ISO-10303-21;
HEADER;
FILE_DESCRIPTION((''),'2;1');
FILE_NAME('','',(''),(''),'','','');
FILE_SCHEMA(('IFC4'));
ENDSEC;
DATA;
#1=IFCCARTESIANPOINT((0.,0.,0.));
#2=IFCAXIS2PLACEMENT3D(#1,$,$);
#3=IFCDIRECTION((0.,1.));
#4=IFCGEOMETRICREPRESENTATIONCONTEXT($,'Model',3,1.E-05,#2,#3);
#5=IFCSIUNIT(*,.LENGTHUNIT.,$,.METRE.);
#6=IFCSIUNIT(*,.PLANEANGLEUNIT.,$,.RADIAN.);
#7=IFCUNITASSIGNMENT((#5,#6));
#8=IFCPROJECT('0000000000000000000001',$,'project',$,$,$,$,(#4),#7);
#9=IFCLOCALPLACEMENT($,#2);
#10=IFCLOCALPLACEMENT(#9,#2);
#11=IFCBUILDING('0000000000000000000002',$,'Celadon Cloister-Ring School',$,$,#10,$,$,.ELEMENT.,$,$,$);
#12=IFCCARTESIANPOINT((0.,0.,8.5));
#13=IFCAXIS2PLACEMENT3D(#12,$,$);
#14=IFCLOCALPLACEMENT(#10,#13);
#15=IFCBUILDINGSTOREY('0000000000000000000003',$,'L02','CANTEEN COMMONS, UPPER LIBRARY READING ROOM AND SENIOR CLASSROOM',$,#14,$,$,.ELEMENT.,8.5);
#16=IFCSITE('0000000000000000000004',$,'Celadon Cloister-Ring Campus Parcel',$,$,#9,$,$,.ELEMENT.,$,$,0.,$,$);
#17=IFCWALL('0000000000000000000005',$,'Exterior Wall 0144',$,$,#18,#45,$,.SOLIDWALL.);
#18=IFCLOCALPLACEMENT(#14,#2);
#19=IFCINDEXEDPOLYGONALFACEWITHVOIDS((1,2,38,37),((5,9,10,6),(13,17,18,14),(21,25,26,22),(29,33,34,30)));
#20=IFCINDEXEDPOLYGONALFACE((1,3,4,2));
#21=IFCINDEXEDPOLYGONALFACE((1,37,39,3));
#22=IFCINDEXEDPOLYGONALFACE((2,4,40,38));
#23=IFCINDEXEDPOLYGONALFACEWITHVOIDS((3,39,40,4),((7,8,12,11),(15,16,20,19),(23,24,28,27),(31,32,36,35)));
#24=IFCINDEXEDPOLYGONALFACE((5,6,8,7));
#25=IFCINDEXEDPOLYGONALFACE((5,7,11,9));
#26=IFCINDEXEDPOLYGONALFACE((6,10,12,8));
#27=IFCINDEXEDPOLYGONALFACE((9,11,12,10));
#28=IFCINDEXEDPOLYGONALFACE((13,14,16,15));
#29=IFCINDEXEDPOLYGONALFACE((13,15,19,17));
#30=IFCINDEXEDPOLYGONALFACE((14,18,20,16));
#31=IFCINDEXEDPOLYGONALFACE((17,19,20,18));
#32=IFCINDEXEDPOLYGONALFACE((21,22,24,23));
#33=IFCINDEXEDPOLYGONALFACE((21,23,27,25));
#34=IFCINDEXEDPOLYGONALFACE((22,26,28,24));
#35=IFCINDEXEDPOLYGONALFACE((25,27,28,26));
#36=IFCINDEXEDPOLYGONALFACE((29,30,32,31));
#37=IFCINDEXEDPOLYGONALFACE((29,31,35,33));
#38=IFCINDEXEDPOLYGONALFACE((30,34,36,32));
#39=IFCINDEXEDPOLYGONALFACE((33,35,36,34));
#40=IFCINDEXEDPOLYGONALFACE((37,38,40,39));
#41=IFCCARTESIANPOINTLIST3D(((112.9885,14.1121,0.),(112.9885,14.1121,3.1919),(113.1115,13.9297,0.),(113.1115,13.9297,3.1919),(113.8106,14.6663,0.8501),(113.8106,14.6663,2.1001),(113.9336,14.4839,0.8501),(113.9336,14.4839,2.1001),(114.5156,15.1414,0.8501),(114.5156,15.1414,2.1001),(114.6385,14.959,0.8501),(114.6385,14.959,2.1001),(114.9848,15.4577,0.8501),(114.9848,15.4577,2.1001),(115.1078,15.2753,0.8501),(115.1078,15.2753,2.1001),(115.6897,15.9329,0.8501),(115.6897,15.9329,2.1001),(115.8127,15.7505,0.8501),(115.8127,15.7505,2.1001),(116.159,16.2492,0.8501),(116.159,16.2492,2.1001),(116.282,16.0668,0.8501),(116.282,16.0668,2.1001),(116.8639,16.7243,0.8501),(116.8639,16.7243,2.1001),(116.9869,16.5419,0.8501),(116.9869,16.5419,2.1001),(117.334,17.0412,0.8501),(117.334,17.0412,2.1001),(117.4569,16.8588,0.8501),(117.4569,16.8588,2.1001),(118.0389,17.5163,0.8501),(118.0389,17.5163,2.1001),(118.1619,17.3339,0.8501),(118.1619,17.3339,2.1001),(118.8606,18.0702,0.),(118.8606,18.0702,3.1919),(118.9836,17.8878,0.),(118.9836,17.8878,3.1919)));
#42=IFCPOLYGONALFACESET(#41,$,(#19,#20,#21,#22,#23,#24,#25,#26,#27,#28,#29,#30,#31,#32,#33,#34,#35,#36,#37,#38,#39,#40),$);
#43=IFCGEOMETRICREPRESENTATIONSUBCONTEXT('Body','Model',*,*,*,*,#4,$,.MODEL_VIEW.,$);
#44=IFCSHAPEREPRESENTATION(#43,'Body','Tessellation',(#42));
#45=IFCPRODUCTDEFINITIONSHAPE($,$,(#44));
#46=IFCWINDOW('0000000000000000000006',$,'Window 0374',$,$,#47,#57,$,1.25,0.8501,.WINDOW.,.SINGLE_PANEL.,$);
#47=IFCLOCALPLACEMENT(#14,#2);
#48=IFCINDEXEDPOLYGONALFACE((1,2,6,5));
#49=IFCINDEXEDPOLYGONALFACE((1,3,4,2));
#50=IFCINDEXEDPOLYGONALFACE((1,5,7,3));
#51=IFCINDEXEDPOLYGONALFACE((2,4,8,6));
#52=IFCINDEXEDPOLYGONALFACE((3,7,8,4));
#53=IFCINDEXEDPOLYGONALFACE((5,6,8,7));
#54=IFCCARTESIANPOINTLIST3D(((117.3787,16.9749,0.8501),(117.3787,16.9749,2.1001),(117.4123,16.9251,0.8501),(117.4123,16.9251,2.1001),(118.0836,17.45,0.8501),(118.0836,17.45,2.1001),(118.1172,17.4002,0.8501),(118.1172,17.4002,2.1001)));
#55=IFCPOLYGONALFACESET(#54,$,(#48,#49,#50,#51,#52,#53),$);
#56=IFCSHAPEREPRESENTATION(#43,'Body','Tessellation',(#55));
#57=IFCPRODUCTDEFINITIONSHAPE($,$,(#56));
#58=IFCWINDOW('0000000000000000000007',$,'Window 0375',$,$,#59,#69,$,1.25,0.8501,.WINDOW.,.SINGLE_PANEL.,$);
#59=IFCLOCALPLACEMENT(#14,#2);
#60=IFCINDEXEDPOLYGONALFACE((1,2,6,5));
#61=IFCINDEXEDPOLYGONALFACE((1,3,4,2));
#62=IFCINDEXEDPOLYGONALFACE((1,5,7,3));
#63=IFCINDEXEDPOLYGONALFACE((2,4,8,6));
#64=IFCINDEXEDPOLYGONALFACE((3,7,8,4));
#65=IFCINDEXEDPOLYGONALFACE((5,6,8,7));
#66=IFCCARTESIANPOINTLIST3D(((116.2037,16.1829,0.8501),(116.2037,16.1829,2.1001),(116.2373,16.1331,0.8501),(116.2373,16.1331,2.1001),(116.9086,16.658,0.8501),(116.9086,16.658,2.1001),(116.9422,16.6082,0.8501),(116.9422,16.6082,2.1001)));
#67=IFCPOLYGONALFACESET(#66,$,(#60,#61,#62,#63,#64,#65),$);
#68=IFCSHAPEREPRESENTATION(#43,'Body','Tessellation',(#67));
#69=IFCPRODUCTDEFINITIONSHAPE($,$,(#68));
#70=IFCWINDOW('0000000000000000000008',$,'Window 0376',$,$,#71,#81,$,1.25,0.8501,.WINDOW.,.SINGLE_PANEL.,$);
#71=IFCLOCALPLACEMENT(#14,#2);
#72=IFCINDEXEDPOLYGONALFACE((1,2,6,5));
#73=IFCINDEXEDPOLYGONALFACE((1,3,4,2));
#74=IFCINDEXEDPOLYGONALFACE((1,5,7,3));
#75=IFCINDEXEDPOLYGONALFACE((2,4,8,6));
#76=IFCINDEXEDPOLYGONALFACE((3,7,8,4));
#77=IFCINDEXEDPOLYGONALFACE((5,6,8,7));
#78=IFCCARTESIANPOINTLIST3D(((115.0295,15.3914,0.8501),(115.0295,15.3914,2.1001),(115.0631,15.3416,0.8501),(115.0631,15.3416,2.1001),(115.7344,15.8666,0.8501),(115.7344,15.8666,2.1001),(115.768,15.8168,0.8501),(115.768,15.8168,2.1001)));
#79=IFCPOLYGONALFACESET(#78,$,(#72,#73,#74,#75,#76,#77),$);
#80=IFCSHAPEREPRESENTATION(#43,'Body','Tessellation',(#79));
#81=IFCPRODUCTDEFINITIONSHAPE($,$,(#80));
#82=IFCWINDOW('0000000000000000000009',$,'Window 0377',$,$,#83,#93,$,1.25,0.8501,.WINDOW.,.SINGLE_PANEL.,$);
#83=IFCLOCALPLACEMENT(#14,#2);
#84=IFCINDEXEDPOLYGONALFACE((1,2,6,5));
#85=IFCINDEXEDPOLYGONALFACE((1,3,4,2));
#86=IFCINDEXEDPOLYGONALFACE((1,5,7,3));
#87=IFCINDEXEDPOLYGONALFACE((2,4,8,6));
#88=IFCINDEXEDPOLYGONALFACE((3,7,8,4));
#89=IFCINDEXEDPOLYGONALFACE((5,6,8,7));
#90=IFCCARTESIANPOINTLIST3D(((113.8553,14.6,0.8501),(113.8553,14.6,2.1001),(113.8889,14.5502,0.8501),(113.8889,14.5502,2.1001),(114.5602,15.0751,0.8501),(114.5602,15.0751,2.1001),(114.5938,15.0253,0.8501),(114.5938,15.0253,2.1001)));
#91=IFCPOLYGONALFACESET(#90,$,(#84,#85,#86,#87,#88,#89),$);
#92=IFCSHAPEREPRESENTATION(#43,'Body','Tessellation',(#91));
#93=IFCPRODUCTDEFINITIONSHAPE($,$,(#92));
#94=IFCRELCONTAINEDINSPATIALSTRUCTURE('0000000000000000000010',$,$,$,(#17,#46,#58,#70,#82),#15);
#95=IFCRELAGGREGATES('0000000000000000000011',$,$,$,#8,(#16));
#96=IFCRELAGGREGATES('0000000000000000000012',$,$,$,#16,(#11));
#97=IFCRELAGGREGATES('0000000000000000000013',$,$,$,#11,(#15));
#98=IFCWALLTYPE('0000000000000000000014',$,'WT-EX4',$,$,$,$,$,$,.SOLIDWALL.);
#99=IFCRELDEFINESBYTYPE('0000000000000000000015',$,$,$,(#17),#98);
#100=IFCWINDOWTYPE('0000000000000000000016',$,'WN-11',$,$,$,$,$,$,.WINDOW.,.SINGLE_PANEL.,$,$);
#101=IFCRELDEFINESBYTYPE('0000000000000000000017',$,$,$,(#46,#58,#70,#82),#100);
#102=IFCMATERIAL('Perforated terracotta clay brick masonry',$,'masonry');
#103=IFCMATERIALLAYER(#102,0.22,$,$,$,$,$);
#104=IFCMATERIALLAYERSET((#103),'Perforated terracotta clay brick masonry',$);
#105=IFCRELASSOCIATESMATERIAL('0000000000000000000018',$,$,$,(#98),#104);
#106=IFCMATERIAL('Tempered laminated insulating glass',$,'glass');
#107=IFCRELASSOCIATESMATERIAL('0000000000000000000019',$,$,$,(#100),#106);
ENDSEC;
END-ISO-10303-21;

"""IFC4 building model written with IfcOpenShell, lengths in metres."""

from ifc_helpers import new_model, si_unit, direction, frame, frame_2d, origin, place, context, subcontext, project, spatial, rectangle, extrude, material, layer, layer_set, type_object, element, fill, save


model = new_model("IFC4")

# Units and contexts
model_context = context("Model", 3, precision=1e-05, world=origin(), true_north=direction((0.0, 1.0)))
body_context = subcontext(model_context, "Body", "Model", "MODEL_VIEW")
ifc_project = project(units=[si_unit("LENGTHUNIT", "METRE"), si_unit("PLANEANGLEUNIT", "RADIAN")], contexts=[model_context])

# Site, building, storey
site_placement = place(None, origin())
site = spatial("IfcSite", under=ifc_project, at=site_placement, Name="Celadon Cloister-Ring Campus Parcel", CompositionType="ELEMENT", RefElevation=0.0)
building_placement = place(site_placement, origin())
building = spatial("IfcBuilding", under=site, at=building_placement, Name="Celadon Cloister-Ring School", CompositionType="ELEMENT")
storey_placement = place(building_placement, frame((0.0, 0.0, 8.5)))
storey = spatial("IfcBuildingStorey", under=building, at=storey_placement, Name="L02", Description="CANTEEN COMMONS, UPPER LIBRARY READING ROOM AND SENIOR CLASSROOM", CompositionType="ELEMENT", Elevation=8.5)

# Wall, openings, windows
ifc_material_1 = material(Name="Perforated terracotta clay brick masonry", Category="masonry")
ifc_layer_1 = layer(ifc_material_1, 0.22)
ifc_layer_set_1 = layer_set([ifc_layer_1], Name="Perforated terracotta clay brick masonry")
wall_type_1 = type_object("IfcWallType", Name="WT-EX4", PredefinedType="SOLIDWALL", material=ifc_layer_set_1)
wall_1_placement = place(storey_placement, frame((118.9221, 17.979, 0.0), z_axis=(0.0, 0.0, 1.0), x_axis=(-0.829218, -0.558926, 0.0)))
wall_1 = element("IfcWall", 1, at=wall_1_placement, inside=storey, type_object=wall_type_1, Name="Exterior Wall 0144", PredefinedType="SOLIDWALL", context=body_context, shape_type="SweptSolid", body=[
    extrude(rectangle(XDim=7.0815, YDim=0.22, at=frame_2d((3.5408, 0.0))), origin(), (0.0, 0.0, 1.0), 3.1919),
])
opening_1_placement = place(wall_1_placement, frame((0.991, 0.0, 0.8501)))
opening_1 = element("IfcOpeningElement", 2, at=opening_1_placement, cuts=wall_1, PredefinedType="OPENING", context=body_context, shape_type="SweptSolid", body=[
    extrude(rectangle(XDim=0.8501, YDim=1.25, at=frame_2d((0.425, 0.625))), frame((0.0, 0.1201, 0.0), z_axis=(0.0, -1.0, 0.0), x_axis=(1.0, 0.0, 0.0)), (0.0, 0.0, 1.0), 0.24),
])
opening_2_placement = place(wall_1_placement, frame((2.408, 0.0, 0.8501)))
opening_2 = element("IfcOpeningElement", 3, at=opening_2_placement, cuts=wall_1, PredefinedType="OPENING", context=body_context, shape_type="SweptSolid", body=[
    extrude(rectangle(XDim=0.8501, YDim=1.25, at=frame_2d((0.425, 0.625))), frame((0.0, 0.1201, 0.0), z_axis=(0.0, -1.0, 0.0), x_axis=(1.0, 0.0, 0.0)), (0.0, 0.0, 1.0), 0.24),
])
opening_3_placement = place(wall_1_placement, frame((3.824, 0.0, 0.8501)))
opening_3 = element("IfcOpeningElement", 4, at=opening_3_placement, cuts=wall_1, PredefinedType="OPENING", context=body_context, shape_type="SweptSolid", body=[
    extrude(rectangle(XDim=0.8501, YDim=1.25, at=frame_2d((0.425, 0.625))), frame((0.0, 0.1201, 0.0), z_axis=(0.0, -1.0, 0.0), x_axis=(1.0, 0.0, 0.0)), (0.0, 0.0, 1.0), 0.24),
])
opening_4_placement = place(wall_1_placement, frame((5.24, 0.0, 0.8501)))
opening_4 = element("IfcOpeningElement", 5, at=opening_4_placement, cuts=wall_1, PredefinedType="OPENING", context=body_context, shape_type="SweptSolid", body=[
    extrude(rectangle(XDim=0.8501, YDim=1.25, at=frame_2d((0.425, 0.625))), frame((0.0, 0.1201, 0.0), z_axis=(0.0, -1.0, 0.0), x_axis=(1.0, 0.0, 0.0)), (0.0, 0.0, 1.0), 0.24),
])
ifc_material_2 = material(Name="Tempered laminated insulating glass", Category="glass")
window_type = type_object("IfcWindowType", Name="WN-11", PartitioningType="SINGLE_PANEL", PredefinedType="WINDOW", material=ifc_material_2)
window_1_placement = place(opening_1_placement, origin())
window_1 = element("IfcWindow", 6, at=window_1_placement, inside=storey, type_object=window_type, Name="Window 0374", OverallHeight=1.25, OverallWidth=0.8501, PartitioningType="SINGLE_PANEL", PredefinedType="WINDOW", context=body_context, shape_type="SweptSolid", body=[
    extrude(rectangle(XDim=0.8501, YDim=1.25, at=frame_2d((0.425, 0.625))), frame((0.0, 0.03, 0.0), z_axis=(0.0, -1.0, 0.0), x_axis=(1.0, 0.0, 0.0)), (0.0, 0.0, 1.0), 0.0601),
])
fill(opening_1, window_1)
window_2_placement = place(opening_2_placement, origin())
window_2 = element("IfcWindow", 7, at=window_2_placement, inside=storey, type_object=window_type, Name="Window 0375", OverallHeight=1.25, OverallWidth=0.8501, PartitioningType="SINGLE_PANEL", PredefinedType="WINDOW", context=body_context, shape_type="SweptSolid", body=[
    extrude(rectangle(XDim=0.8501, YDim=1.25, at=frame_2d((0.425, 0.625))), frame((0.0, 0.03, 0.0), z_axis=(0.0, -1.0, 0.0), x_axis=(1.0, 0.0, 0.0)), (0.0, 0.0, 1.0), 0.0601),
])
fill(opening_2, window_2)
window_3_placement = place(opening_3_placement, origin())
window_3 = element("IfcWindow", 8, at=window_3_placement, inside=storey, type_object=window_type, Name="Window 0376", OverallHeight=1.25, OverallWidth=0.8501, PartitioningType="SINGLE_PANEL", PredefinedType="WINDOW", context=body_context, shape_type="SweptSolid", body=[
    extrude(rectangle(XDim=0.8501, YDim=1.25, at=frame_2d((0.425, 0.625))), frame((0.0, 0.03, 0.0), z_axis=(0.0, -1.0, 0.0), x_axis=(1.0, 0.0, 0.0)), (0.0, 0.0, 1.0), 0.0601),
])
fill(opening_3, window_3)
window_4_placement = place(opening_4_placement, origin())
window_4 = element("IfcWindow", 9, at=window_4_placement, inside=storey, type_object=window_type, Name="Window 0377", OverallHeight=1.25, OverallWidth=0.8501, PartitioningType="SINGLE_PANEL", PredefinedType="WINDOW", context=body_context, shape_type="SweptSolid", body=[
    extrude(rectangle(XDim=0.8501, YDim=1.25, at=frame_2d((0.425, 0.625))), frame((0.0, 0.03, 0.0), z_axis=(0.0, -1.0, 0.0), x_axis=(1.0, 0.0, 0.0)), (0.0, 0.0, 1.0), 0.0601),
])
fill(opening_4, window_4)

save(model, "model.ifc")
